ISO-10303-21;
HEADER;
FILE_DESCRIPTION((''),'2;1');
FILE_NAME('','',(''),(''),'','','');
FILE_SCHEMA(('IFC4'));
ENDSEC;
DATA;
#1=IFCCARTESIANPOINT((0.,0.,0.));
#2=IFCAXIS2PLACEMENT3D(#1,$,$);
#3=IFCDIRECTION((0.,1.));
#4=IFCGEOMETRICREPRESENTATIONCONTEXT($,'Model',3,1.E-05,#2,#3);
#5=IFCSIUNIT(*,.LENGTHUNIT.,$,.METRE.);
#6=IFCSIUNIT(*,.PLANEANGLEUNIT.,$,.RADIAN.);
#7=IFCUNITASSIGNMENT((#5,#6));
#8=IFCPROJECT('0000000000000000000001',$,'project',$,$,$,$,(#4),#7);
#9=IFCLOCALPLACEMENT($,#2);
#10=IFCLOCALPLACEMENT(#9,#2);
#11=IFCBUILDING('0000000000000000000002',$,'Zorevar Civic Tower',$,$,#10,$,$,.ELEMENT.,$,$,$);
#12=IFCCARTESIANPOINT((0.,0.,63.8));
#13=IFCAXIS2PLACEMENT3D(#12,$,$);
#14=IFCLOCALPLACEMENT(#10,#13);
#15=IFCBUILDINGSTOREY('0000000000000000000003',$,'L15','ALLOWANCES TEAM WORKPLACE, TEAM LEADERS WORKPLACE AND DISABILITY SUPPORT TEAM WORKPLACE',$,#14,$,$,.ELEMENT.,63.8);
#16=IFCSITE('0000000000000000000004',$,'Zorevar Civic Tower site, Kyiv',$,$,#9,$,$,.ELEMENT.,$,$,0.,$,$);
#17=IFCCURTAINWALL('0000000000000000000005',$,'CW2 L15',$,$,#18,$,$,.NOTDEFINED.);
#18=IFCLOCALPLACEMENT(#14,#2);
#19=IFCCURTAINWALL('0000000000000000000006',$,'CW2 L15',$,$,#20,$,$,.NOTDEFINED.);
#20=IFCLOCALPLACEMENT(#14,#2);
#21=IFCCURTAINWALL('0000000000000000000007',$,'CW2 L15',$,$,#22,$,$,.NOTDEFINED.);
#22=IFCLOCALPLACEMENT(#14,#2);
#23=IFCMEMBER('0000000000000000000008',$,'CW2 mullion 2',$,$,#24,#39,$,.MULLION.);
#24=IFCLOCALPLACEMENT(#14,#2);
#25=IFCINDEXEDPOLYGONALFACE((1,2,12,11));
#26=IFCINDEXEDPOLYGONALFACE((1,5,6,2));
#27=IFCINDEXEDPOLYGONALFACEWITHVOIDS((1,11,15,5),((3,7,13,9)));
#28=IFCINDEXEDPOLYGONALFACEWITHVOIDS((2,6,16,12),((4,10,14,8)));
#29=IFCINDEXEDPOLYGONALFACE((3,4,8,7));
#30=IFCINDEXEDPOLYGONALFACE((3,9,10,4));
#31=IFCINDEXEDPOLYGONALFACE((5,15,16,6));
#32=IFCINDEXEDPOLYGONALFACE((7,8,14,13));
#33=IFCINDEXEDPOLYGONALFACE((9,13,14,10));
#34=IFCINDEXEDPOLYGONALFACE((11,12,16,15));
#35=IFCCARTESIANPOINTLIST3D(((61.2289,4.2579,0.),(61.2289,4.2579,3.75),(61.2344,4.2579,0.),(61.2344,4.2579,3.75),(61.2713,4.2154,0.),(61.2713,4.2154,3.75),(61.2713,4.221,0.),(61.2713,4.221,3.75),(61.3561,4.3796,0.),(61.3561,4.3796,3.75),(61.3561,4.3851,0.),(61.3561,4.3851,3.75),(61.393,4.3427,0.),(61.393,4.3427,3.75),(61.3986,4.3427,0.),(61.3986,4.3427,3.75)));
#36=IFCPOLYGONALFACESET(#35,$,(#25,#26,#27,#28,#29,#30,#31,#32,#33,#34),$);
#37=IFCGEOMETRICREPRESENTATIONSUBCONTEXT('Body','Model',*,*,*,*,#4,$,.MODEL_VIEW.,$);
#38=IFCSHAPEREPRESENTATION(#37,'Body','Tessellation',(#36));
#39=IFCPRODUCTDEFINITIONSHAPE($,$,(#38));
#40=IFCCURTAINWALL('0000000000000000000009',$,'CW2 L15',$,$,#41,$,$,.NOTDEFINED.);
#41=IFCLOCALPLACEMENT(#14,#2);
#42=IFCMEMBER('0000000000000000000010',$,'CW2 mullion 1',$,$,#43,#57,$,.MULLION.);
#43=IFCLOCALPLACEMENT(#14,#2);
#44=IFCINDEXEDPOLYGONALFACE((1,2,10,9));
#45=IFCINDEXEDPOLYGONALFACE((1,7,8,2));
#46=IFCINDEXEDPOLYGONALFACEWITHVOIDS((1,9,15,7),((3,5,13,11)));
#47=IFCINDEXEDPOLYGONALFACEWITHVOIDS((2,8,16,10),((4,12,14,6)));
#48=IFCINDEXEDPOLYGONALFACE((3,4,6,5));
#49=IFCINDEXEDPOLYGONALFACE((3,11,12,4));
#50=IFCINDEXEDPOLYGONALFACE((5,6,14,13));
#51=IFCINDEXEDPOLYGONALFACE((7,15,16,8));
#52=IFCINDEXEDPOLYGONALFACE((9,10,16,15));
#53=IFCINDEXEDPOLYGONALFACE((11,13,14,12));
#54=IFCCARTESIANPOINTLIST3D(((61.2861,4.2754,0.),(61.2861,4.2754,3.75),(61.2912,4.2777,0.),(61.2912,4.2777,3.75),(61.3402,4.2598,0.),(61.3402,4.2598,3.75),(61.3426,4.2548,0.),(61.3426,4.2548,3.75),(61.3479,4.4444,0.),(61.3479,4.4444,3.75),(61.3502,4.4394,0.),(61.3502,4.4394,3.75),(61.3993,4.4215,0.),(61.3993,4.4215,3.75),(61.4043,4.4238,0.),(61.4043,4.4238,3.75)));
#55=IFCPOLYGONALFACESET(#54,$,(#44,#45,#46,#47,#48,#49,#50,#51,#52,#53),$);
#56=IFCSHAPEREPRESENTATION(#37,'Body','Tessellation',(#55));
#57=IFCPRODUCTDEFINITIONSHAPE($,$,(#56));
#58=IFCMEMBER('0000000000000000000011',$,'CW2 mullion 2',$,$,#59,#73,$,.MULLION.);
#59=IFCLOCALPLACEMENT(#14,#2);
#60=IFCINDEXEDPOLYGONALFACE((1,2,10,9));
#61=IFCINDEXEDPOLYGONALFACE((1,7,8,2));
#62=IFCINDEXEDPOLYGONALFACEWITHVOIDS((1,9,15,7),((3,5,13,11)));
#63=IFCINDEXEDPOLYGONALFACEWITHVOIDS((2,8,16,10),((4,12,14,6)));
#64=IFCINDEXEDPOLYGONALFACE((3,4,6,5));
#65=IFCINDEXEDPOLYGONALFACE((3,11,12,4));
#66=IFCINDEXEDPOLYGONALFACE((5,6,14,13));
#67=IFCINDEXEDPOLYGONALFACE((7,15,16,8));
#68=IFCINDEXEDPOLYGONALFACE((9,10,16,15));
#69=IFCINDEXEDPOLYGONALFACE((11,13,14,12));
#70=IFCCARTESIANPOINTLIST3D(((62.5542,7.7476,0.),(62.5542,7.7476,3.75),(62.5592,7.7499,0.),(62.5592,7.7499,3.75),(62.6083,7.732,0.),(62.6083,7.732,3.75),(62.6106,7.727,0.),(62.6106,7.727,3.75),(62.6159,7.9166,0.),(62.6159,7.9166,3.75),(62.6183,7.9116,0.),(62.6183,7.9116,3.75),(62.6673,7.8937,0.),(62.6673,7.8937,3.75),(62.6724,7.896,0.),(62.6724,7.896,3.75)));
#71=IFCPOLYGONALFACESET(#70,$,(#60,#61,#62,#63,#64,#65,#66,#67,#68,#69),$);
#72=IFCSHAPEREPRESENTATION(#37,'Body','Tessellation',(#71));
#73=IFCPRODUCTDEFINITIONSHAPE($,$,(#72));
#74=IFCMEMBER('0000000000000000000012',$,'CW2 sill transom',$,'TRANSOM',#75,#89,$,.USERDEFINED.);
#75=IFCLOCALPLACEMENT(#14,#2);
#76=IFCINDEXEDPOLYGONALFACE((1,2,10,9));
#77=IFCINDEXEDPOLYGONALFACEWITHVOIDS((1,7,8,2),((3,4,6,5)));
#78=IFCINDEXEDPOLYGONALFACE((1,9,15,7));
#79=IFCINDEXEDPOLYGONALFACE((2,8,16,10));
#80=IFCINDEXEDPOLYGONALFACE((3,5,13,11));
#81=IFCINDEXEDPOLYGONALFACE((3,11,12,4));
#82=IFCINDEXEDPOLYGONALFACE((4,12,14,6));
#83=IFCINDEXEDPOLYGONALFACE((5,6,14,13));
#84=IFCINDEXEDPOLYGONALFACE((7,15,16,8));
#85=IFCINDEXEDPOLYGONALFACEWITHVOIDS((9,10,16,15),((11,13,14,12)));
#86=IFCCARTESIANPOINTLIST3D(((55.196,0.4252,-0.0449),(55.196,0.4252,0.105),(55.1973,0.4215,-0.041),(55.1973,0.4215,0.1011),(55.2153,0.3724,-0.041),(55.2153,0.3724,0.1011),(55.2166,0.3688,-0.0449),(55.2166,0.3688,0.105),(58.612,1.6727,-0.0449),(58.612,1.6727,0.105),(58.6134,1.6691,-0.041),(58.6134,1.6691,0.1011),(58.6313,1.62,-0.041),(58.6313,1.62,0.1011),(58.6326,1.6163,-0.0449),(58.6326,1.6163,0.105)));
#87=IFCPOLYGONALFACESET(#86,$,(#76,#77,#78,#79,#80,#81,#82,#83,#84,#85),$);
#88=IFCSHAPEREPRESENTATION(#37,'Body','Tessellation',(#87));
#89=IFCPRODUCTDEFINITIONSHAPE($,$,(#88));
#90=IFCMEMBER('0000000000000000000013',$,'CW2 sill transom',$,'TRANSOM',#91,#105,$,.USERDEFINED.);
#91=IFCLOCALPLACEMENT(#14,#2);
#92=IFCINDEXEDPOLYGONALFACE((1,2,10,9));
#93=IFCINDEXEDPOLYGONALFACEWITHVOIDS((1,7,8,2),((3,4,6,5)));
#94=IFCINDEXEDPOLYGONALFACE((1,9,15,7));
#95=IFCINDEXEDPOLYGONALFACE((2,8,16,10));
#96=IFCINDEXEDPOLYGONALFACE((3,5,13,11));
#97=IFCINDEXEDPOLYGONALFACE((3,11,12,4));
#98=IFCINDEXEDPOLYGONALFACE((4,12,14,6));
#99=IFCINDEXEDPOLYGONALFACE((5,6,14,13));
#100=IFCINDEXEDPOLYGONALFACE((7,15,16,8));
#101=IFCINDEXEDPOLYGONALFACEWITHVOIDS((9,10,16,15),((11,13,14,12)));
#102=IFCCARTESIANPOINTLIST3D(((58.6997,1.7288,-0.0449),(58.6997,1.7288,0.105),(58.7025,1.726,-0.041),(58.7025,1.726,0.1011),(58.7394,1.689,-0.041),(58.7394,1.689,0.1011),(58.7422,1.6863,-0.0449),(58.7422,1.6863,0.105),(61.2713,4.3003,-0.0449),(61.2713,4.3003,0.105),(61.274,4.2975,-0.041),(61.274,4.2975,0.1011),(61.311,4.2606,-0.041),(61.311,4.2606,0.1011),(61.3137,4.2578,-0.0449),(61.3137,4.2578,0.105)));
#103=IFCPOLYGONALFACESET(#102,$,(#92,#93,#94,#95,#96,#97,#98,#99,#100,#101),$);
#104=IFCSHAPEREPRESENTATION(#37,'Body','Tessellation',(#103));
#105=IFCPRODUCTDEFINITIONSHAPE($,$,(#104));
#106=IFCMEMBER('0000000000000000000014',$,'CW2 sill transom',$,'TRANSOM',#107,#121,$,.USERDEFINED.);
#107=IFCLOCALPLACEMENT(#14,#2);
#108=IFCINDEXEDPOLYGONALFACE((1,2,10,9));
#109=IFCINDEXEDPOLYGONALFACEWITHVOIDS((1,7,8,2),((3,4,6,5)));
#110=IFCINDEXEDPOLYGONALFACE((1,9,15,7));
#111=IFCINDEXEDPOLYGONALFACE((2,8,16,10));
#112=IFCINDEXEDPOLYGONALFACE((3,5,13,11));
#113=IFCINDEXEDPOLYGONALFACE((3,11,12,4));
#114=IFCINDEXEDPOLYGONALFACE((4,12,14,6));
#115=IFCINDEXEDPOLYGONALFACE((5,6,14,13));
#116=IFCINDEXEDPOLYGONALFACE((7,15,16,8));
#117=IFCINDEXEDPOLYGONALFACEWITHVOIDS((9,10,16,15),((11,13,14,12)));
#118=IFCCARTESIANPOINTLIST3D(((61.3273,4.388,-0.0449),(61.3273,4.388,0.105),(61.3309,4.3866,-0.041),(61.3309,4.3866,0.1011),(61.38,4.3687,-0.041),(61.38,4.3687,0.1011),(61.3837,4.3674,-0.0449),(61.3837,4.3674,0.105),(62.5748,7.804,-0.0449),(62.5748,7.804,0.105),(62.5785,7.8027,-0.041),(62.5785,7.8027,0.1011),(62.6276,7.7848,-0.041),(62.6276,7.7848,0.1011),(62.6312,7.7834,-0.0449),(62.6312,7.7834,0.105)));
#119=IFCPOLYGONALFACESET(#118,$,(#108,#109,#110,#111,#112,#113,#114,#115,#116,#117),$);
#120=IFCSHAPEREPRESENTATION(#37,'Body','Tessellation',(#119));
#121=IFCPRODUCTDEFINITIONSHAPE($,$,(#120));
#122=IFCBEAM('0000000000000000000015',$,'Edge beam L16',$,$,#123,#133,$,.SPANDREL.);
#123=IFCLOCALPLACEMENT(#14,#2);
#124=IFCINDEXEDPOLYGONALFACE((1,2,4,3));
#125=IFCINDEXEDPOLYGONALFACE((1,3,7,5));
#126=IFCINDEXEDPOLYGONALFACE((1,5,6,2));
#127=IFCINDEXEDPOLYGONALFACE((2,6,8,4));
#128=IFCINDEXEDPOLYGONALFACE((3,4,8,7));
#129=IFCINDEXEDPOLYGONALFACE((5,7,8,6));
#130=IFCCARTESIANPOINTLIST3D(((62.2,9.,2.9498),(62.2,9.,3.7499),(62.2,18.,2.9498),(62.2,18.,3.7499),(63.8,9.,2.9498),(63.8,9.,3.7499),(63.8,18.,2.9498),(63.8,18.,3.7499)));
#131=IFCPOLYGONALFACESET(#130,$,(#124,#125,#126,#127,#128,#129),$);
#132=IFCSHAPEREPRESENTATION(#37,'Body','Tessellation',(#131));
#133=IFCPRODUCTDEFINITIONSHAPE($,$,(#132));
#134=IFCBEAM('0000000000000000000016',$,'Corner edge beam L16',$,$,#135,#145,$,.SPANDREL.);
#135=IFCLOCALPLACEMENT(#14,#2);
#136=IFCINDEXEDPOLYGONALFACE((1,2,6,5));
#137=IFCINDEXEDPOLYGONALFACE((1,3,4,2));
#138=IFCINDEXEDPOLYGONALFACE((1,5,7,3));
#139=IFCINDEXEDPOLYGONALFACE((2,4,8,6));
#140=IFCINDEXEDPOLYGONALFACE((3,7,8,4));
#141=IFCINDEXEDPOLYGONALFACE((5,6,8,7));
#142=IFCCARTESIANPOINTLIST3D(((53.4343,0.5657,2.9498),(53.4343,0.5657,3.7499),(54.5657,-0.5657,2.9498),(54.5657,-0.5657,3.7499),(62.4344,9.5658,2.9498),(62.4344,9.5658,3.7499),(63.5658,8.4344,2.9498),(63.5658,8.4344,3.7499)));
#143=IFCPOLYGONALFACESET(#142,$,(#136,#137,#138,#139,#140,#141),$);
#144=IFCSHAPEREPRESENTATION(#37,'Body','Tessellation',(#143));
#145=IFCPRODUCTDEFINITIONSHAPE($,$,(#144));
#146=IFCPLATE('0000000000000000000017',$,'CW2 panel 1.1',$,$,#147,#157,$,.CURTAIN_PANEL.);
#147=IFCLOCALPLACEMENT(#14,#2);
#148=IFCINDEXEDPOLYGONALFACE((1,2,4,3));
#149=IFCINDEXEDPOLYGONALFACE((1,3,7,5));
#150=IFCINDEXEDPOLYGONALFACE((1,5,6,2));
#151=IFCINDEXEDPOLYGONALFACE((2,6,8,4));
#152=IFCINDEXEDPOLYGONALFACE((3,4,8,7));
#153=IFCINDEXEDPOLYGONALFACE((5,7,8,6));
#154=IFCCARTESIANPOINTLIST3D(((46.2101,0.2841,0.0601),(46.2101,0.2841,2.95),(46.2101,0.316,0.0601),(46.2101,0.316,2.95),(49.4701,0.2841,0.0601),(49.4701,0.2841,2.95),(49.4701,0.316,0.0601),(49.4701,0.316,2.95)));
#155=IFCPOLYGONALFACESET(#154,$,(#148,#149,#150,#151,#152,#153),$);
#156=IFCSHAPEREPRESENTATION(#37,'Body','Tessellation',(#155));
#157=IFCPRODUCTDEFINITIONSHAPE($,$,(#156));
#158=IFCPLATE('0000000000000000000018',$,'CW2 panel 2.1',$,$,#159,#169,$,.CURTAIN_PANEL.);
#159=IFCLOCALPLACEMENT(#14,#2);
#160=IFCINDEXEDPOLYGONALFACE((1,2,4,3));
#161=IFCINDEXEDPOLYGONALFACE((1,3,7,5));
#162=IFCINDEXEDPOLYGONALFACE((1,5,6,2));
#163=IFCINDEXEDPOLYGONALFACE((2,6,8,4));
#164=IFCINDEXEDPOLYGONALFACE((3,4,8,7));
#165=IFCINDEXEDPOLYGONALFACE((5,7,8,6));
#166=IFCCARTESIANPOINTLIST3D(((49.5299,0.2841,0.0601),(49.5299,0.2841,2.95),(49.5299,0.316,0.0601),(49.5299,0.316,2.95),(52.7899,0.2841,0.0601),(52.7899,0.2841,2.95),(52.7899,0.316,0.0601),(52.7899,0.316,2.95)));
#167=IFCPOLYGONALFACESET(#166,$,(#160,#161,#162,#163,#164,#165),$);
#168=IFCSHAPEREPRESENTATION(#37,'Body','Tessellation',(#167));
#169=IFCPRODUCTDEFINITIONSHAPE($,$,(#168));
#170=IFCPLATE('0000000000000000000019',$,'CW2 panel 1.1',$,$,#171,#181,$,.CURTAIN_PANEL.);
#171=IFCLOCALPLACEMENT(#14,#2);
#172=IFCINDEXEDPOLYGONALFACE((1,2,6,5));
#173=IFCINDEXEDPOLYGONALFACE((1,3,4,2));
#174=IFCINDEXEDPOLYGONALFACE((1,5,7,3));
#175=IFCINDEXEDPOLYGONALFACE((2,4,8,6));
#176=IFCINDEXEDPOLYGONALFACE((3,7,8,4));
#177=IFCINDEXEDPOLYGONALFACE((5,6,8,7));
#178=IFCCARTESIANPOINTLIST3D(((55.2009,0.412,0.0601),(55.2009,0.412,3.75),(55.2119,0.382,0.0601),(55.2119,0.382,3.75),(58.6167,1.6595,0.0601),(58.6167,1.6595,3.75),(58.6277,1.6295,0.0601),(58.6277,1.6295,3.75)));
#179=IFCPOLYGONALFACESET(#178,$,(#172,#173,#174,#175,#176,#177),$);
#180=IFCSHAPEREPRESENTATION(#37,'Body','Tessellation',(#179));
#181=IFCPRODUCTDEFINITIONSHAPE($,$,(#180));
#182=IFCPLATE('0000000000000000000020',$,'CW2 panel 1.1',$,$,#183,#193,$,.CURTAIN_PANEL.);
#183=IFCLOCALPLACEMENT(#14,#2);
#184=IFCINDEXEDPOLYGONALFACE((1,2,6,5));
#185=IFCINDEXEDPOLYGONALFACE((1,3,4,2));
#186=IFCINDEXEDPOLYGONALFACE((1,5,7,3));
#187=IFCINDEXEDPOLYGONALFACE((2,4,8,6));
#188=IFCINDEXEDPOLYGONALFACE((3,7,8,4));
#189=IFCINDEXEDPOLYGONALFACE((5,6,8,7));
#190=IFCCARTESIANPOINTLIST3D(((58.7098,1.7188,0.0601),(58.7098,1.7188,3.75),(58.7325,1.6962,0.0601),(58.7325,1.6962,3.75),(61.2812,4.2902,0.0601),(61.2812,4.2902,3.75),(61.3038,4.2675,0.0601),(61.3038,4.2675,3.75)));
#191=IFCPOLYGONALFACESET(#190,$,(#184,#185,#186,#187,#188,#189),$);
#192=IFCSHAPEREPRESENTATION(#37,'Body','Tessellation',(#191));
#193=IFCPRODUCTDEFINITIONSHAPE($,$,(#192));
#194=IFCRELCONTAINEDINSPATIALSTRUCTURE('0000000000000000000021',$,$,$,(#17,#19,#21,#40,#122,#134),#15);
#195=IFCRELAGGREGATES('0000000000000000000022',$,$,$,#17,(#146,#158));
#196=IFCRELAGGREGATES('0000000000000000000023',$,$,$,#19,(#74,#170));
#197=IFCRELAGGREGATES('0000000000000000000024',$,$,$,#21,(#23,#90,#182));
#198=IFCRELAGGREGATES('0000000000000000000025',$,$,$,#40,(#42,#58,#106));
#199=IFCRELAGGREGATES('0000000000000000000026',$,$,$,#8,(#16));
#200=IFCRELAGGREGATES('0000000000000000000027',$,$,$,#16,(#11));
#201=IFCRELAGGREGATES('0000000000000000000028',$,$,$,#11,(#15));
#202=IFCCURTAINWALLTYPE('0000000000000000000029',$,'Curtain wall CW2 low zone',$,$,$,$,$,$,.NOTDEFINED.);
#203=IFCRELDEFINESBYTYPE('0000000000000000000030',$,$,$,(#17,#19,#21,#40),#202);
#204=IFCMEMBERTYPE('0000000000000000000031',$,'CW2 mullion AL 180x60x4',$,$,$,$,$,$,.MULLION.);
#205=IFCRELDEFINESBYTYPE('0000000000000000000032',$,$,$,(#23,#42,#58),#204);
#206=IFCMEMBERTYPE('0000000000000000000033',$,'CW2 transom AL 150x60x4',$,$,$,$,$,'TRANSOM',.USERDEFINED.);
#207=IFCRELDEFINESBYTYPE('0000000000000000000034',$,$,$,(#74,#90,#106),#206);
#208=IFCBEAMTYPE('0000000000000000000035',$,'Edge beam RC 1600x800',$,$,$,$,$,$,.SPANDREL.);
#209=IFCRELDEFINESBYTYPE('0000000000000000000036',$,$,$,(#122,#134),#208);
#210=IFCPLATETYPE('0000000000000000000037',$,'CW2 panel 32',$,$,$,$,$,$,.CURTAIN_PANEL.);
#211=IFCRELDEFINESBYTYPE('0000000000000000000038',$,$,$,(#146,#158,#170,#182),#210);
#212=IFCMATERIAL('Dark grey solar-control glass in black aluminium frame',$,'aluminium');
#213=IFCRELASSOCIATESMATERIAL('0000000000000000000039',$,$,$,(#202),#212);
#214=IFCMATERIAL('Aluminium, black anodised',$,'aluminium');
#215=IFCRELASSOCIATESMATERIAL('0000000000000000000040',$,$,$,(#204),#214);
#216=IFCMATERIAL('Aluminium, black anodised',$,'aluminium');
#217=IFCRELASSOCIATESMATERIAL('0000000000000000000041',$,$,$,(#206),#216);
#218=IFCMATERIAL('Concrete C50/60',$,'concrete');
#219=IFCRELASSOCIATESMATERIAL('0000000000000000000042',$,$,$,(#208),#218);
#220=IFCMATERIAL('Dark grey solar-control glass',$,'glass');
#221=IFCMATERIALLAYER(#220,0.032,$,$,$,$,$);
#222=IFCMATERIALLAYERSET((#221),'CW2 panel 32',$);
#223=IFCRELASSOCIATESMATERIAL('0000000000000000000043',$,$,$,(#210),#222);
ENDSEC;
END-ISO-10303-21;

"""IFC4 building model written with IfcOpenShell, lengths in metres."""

from ifc_helpers import new_model, si_unit, direction, frame, origin, origin_2d, place, context, subcontext, project, spatial, rectangle, hollow_rectangle, extrude, material, layer, layer_set, material_profile, profile_set, type_object, element, aggregate, save


model = new_model("IFC4")

# Units and contexts
model_context = context("Model", 3, precision=1e-05, world=origin(), true_north=direction((0.0, 1.0)))
body_context = subcontext(model_context, "Body", "Model", "MODEL_VIEW")
ifc_project = project(units=[si_unit("LENGTHUNIT", "METRE"), si_unit("PLANEANGLEUNIT", "RADIAN")], contexts=[model_context])

# Site, building, storey
site_placement = place(None, origin())
site = spatial("IfcSite", under=ifc_project, at=site_placement, Name="Zorevar Civic Tower site, Kyiv", CompositionType="ELEMENT", RefElevation=0.0)
building_placement = place(site_placement, origin())
building = spatial("IfcBuilding", under=site, at=building_placement, Name="Zorevar Civic Tower", CompositionType="ELEMENT")
storey_placement = place(building_placement, frame((0.0, 0.0, 63.8)))
storey = spatial("IfcBuildingStorey", under=building, at=storey_placement, Name="L15", Description="ALLOWANCES TEAM WORKPLACE, TEAM LEADERS WORKPLACE AND DISABILITY SUPPORT TEAM WORKPLACE", CompositionType="ELEMENT", Elevation=63.8)

# Curtain wall
ifc_material_1 = material(Name="Dark grey solar-control glass in black aluminium frame", Category="aluminium")
curtain_wall_type = type_object("IfcCurtainWallType", Name="Curtain wall CW2 low zone", PredefinedType="NOTDEFINED", material=ifc_material_1)
curtain_wall_1_placement = place(storey_placement, origin())
curtain_wall_1 = element("IfcCurtainWall", 1, at=curtain_wall_1_placement, inside=storey, type_object=curtain_wall_type, Name="CW2 L15", PredefinedType="NOTDEFINED")
ifc_material_2 = material(Name="Aluminium, black anodised", Category="aluminium")
ifc_material_profile_1 = material_profile(ifc_material_2, hollow_rectangle(XDim=0.0601, YDim=0.1799, WallThickness=0.0039, at=origin_2d()), Name="AL 180x60x4")
ifc_profile_set_1 = profile_set([ifc_material_profile_1], Name="Aluminium, black anodised")
member_type_1 = type_object("IfcMemberType", Name="CW2 mullion AL 180x60x4", PredefinedType="MULLION", material=ifc_profile_set_1)

# Curtain walls, members
curtain_wall_2_placement = place(storey_placement, origin())
curtain_wall_2 = element("IfcCurtainWall", 2, at=curtain_wall_2_placement, inside=storey, type_object=curtain_wall_type, Name="CW2 L15", PredefinedType="NOTDEFINED")
curtain_wall_3_placement = place(storey_placement, origin())
curtain_wall_3 = element("IfcCurtainWall", 3, at=curtain_wall_3_placement, inside=storey, type_object=curtain_wall_type, Name="CW2 L15", PredefinedType="NOTDEFINED")
member_1_placement = place(storey_placement, frame((61.3137, 4.3003, 0.0), z_axis=(0.0, 0.0, 1.0), x_axis=(-0.707107, 0.707107, 0.0)))
member_1 = element("IfcMember", 4, at=member_1_placement, type_object=member_type_1, Name="CW2 mullion 2", PredefinedType="MULLION", context=body_context, shape_type="SweptSolid", body=[
    extrude(hollow_rectangle(XDim=0.0601, YDim=0.1799, WallThickness=0.0039, at=origin_2d()), origin(), (0.0, 0.0, 1.0), 3.75),
])
curtain_wall_4_placement = place(storey_placement, origin())
curtain_wall_4 = element("IfcCurtainWall", 5, at=curtain_wall_4_placement, inside=storey, type_object=curtain_wall_type, Name="CW2 L15", PredefinedType="NOTDEFINED")
member_2_placement = place(storey_placement, frame((61.3452, 4.3496, 0.0), z_axis=(0.0, 0.0, 1.0), x_axis=(-0.939313, 0.34306, 0.0)))
member_2 = element("IfcMember", 6, at=member_2_placement, type_object=member_type_1, Name="CW2 mullion 1", PredefinedType="MULLION", context=body_context, shape_type="SweptSolid", body=[
    extrude(hollow_rectangle(XDim=0.0601, YDim=0.1799, WallThickness=0.0039, at=origin_2d()), origin(), (0.0, 0.0, 1.0), 3.75),
])
member_3_placement = place(storey_placement, frame((62.6133, 7.8218, 0.0), z_axis=(0.0, 0.0, 1.0), x_axis=(-0.939313, 0.34306, 0.0)))
member_3 = element("IfcMember", 7, at=member_3_placement, type_object=member_type_1, Name="CW2 mullion 2", PredefinedType="MULLION", context=body_context, shape_type="SweptSolid", body=[
    extrude(hollow_rectangle(XDim=0.0601, YDim=0.1799, WallThickness=0.0039, at=origin_2d()), origin(), (0.0, 0.0, 1.0), 3.75),
])

# Members
ifc_material_3 = material(Name="Aluminium, black anodised", Category="aluminium")
ifc_material_profile_2 = material_profile(ifc_material_3, hollow_rectangle(XDim=0.0601, YDim=0.1499, WallThickness=0.0039, at=origin_2d()), Name="AL 150x60x4")
ifc_profile_set_2 = profile_set([ifc_material_profile_2], Name="Aluminium, black anodised")
member_type_2 = type_object("IfcMemberType", Name="CW2 transom AL 150x60x4", ElementType="TRANSOM", PredefinedType="USERDEFINED", material=ifc_profile_set_2)
member_4_placement = place(storey_placement, frame((55.2063, 0.397, 0.03), z_axis=(0.939318, 0.343047, 0.0), x_axis=(-0.343047, 0.939318, 0.0)))
member_4 = element("IfcMember", 8, at=member_4_placement, type_object=member_type_2, Name="CW2 sill transom", ObjectType="TRANSOM", PredefinedType="USERDEFINED", context=body_context, shape_type="SweptSolid", body=[
    extrude(hollow_rectangle(XDim=0.0601, YDim=0.1499, WallThickness=0.0039, at=origin_2d()), origin(), (0.0, 0.0, 1.0), 3.6367),
])
member_5_placement = place(storey_placement, frame((58.7209, 1.7075, 0.03), z_axis=(0.707107, 0.707107, 0.0), x_axis=(-0.707107, 0.707107, 0.0)))
member_5 = element("IfcMember", 9, at=member_5_placement, type_object=member_type_2, Name="CW2 sill transom", ObjectType="TRANSOM", PredefinedType="USERDEFINED", context=body_context, shape_type="SweptSolid", body=[
    extrude(hollow_rectangle(XDim=0.0601, YDim=0.1499, WallThickness=0.0039, at=origin_2d()), origin(), (0.0, 0.0, 1.0), 3.6367),
])
member_6_placement = place(storey_placement, frame((61.3555, 4.3777, 0.03), z_axis=(0.343047, 0.939318, 0.0), x_axis=(-0.939318, 0.343047, 0.0)))
member_6 = element("IfcMember", 10, at=member_6_placement, type_object=member_type_2, Name="CW2 sill transom", ObjectType="TRANSOM", PredefinedType="USERDEFINED", context=body_context, shape_type="SweptSolid", body=[
    extrude(hollow_rectangle(XDim=0.0601, YDim=0.1499, WallThickness=0.0039, at=origin_2d()), origin(), (0.0, 0.0, 1.0), 3.6367),
])

# Beams
ifc_material_4 = material(Name="Concrete C50/60", Category="concrete")
ifc_material_profile_3 = material_profile(ifc_material_4, rectangle(XDim=1.6001, YDim=0.8, at=origin_2d()), Name="RC 1600x800")
ifc_profile_set_3 = profile_set([ifc_material_profile_3], Name="Concrete C50/60")
beam_type_1 = type_object("IfcBeamType", Name="Edge beam RC 1600x800", PredefinedType="SPANDREL", material=ifc_profile_set_3)
beam_1_placement = place(storey_placement, frame((63.0, 9.0, 3.3499), z_axis=(0.0, 1.0, 0.0), x_axis=(-1.0, 0.0, 0.0)))
element("IfcBeam", 11, at=beam_1_placement, inside=storey, type_object=beam_type_1, Name="Edge beam L16", PredefinedType="SPANDREL", context=body_context, shape_type="SweptSolid", body=[
    extrude(rectangle(XDim=1.6001, YDim=0.8, at=origin_2d()), origin(), (0.0, 0.0, 1.0), 9.0),
])
beam_2_placement = place(storey_placement, frame((54.0, 0.0, 3.3499), z_axis=(0.707107, 0.707107, 0.0), x_axis=(-0.707107, 0.707107, 0.0)))
element("IfcBeam", 12, at=beam_2_placement, inside=storey, type_object=beam_type_1, Name="Corner edge beam L16", PredefinedType="SPANDREL", context=body_context, shape_type="SweptSolid", body=[
    extrude(rectangle(XDim=1.6001, YDim=0.8, at=origin_2d()), origin(), (0.0, 0.0, 1.0), 12.728),
])

# Plates
ifc_material_5 = material(Name="Dark grey solar-control glass", Category="glass")
ifc_layer_1 = layer(ifc_material_5, 0.032)
ifc_layer_set_1 = layer_set([ifc_layer_1], Name="CW2 panel 32")
plate_type = type_object("IfcPlateType", Name="CW2 panel 32", PredefinedType="CURTAIN_PANEL", material=ifc_layer_set_1)
plate_1_placement = place(storey_placement, frame((47.8401, 0.3, 0.0601), z_axis=(0.0, 0.0, 1.0), x_axis=(1.0, 0.0, 0.0)))
plate_1 = element("IfcPlate", 13, at=plate_1_placement, type_object=plate_type, Name="CW2 panel 1.1", PredefinedType="CURTAIN_PANEL", context=body_context, shape_type="SweptSolid", body=[
    extrude(rectangle(XDim=3.26, YDim=0.032, at=origin_2d()), origin(), (0.0, 0.0, 1.0), 2.8899),
])
plate_2_placement = place(storey_placement, frame((51.1599, 0.3, 0.0601), z_axis=(0.0, 0.0, 1.0), x_axis=(1.0, 0.0, 0.0)))
plate_2 = element("IfcPlate", 14, at=plate_2_placement, type_object=plate_type, Name="CW2 panel 2.1", PredefinedType="CURTAIN_PANEL", context=body_context, shape_type="SweptSolid", body=[
    extrude(rectangle(XDim=3.26, YDim=0.032, at=origin_2d()), origin(), (0.0, 0.0, 1.0), 2.8899),
])
aggregate(curtain_wall_1, [plate_1, plate_2])
plate_3_placement = place(storey_placement, frame((56.9143, 1.0208, 0.0601), z_axis=(0.0, 0.0, 1.0), x_axis=(0.939313, 0.34306, 0.0)))
plate_3 = element("IfcPlate", 15, at=plate_3_placement, type_object=plate_type, Name="CW2 panel 1.1", PredefinedType="CURTAIN_PANEL", context=body_context, shape_type="SweptSolid", body=[
    extrude(rectangle(XDim=3.6365, YDim=0.032, at=origin_2d()), origin(), (0.0, 0.0, 1.0), 3.6899),
])
aggregate(curtain_wall_2, [member_4, plate_3])
plate_4_placement = place(storey_placement, frame((60.0068, 2.9932, 0.0601), z_axis=(0.0, 0.0, 1.0), x_axis=(0.707107, 0.707107, 0.0)))
plate_4 = element("IfcPlate", 16, at=plate_4_placement, type_object=plate_type, Name="CW2 panel 1.1", PredefinedType="CURTAIN_PANEL", context=body_context, shape_type="SweptSolid", body=[
    extrude(rectangle(XDim=3.6365, YDim=0.032, at=origin_2d()), origin(), (0.0, 0.0, 1.0), 3.6899),
])
aggregate(curtain_wall_3, [member_1, member_5, plate_4])
aggregate(curtain_wall_4, [member_2, member_3, member_6])

save(model, "model.ifc")
